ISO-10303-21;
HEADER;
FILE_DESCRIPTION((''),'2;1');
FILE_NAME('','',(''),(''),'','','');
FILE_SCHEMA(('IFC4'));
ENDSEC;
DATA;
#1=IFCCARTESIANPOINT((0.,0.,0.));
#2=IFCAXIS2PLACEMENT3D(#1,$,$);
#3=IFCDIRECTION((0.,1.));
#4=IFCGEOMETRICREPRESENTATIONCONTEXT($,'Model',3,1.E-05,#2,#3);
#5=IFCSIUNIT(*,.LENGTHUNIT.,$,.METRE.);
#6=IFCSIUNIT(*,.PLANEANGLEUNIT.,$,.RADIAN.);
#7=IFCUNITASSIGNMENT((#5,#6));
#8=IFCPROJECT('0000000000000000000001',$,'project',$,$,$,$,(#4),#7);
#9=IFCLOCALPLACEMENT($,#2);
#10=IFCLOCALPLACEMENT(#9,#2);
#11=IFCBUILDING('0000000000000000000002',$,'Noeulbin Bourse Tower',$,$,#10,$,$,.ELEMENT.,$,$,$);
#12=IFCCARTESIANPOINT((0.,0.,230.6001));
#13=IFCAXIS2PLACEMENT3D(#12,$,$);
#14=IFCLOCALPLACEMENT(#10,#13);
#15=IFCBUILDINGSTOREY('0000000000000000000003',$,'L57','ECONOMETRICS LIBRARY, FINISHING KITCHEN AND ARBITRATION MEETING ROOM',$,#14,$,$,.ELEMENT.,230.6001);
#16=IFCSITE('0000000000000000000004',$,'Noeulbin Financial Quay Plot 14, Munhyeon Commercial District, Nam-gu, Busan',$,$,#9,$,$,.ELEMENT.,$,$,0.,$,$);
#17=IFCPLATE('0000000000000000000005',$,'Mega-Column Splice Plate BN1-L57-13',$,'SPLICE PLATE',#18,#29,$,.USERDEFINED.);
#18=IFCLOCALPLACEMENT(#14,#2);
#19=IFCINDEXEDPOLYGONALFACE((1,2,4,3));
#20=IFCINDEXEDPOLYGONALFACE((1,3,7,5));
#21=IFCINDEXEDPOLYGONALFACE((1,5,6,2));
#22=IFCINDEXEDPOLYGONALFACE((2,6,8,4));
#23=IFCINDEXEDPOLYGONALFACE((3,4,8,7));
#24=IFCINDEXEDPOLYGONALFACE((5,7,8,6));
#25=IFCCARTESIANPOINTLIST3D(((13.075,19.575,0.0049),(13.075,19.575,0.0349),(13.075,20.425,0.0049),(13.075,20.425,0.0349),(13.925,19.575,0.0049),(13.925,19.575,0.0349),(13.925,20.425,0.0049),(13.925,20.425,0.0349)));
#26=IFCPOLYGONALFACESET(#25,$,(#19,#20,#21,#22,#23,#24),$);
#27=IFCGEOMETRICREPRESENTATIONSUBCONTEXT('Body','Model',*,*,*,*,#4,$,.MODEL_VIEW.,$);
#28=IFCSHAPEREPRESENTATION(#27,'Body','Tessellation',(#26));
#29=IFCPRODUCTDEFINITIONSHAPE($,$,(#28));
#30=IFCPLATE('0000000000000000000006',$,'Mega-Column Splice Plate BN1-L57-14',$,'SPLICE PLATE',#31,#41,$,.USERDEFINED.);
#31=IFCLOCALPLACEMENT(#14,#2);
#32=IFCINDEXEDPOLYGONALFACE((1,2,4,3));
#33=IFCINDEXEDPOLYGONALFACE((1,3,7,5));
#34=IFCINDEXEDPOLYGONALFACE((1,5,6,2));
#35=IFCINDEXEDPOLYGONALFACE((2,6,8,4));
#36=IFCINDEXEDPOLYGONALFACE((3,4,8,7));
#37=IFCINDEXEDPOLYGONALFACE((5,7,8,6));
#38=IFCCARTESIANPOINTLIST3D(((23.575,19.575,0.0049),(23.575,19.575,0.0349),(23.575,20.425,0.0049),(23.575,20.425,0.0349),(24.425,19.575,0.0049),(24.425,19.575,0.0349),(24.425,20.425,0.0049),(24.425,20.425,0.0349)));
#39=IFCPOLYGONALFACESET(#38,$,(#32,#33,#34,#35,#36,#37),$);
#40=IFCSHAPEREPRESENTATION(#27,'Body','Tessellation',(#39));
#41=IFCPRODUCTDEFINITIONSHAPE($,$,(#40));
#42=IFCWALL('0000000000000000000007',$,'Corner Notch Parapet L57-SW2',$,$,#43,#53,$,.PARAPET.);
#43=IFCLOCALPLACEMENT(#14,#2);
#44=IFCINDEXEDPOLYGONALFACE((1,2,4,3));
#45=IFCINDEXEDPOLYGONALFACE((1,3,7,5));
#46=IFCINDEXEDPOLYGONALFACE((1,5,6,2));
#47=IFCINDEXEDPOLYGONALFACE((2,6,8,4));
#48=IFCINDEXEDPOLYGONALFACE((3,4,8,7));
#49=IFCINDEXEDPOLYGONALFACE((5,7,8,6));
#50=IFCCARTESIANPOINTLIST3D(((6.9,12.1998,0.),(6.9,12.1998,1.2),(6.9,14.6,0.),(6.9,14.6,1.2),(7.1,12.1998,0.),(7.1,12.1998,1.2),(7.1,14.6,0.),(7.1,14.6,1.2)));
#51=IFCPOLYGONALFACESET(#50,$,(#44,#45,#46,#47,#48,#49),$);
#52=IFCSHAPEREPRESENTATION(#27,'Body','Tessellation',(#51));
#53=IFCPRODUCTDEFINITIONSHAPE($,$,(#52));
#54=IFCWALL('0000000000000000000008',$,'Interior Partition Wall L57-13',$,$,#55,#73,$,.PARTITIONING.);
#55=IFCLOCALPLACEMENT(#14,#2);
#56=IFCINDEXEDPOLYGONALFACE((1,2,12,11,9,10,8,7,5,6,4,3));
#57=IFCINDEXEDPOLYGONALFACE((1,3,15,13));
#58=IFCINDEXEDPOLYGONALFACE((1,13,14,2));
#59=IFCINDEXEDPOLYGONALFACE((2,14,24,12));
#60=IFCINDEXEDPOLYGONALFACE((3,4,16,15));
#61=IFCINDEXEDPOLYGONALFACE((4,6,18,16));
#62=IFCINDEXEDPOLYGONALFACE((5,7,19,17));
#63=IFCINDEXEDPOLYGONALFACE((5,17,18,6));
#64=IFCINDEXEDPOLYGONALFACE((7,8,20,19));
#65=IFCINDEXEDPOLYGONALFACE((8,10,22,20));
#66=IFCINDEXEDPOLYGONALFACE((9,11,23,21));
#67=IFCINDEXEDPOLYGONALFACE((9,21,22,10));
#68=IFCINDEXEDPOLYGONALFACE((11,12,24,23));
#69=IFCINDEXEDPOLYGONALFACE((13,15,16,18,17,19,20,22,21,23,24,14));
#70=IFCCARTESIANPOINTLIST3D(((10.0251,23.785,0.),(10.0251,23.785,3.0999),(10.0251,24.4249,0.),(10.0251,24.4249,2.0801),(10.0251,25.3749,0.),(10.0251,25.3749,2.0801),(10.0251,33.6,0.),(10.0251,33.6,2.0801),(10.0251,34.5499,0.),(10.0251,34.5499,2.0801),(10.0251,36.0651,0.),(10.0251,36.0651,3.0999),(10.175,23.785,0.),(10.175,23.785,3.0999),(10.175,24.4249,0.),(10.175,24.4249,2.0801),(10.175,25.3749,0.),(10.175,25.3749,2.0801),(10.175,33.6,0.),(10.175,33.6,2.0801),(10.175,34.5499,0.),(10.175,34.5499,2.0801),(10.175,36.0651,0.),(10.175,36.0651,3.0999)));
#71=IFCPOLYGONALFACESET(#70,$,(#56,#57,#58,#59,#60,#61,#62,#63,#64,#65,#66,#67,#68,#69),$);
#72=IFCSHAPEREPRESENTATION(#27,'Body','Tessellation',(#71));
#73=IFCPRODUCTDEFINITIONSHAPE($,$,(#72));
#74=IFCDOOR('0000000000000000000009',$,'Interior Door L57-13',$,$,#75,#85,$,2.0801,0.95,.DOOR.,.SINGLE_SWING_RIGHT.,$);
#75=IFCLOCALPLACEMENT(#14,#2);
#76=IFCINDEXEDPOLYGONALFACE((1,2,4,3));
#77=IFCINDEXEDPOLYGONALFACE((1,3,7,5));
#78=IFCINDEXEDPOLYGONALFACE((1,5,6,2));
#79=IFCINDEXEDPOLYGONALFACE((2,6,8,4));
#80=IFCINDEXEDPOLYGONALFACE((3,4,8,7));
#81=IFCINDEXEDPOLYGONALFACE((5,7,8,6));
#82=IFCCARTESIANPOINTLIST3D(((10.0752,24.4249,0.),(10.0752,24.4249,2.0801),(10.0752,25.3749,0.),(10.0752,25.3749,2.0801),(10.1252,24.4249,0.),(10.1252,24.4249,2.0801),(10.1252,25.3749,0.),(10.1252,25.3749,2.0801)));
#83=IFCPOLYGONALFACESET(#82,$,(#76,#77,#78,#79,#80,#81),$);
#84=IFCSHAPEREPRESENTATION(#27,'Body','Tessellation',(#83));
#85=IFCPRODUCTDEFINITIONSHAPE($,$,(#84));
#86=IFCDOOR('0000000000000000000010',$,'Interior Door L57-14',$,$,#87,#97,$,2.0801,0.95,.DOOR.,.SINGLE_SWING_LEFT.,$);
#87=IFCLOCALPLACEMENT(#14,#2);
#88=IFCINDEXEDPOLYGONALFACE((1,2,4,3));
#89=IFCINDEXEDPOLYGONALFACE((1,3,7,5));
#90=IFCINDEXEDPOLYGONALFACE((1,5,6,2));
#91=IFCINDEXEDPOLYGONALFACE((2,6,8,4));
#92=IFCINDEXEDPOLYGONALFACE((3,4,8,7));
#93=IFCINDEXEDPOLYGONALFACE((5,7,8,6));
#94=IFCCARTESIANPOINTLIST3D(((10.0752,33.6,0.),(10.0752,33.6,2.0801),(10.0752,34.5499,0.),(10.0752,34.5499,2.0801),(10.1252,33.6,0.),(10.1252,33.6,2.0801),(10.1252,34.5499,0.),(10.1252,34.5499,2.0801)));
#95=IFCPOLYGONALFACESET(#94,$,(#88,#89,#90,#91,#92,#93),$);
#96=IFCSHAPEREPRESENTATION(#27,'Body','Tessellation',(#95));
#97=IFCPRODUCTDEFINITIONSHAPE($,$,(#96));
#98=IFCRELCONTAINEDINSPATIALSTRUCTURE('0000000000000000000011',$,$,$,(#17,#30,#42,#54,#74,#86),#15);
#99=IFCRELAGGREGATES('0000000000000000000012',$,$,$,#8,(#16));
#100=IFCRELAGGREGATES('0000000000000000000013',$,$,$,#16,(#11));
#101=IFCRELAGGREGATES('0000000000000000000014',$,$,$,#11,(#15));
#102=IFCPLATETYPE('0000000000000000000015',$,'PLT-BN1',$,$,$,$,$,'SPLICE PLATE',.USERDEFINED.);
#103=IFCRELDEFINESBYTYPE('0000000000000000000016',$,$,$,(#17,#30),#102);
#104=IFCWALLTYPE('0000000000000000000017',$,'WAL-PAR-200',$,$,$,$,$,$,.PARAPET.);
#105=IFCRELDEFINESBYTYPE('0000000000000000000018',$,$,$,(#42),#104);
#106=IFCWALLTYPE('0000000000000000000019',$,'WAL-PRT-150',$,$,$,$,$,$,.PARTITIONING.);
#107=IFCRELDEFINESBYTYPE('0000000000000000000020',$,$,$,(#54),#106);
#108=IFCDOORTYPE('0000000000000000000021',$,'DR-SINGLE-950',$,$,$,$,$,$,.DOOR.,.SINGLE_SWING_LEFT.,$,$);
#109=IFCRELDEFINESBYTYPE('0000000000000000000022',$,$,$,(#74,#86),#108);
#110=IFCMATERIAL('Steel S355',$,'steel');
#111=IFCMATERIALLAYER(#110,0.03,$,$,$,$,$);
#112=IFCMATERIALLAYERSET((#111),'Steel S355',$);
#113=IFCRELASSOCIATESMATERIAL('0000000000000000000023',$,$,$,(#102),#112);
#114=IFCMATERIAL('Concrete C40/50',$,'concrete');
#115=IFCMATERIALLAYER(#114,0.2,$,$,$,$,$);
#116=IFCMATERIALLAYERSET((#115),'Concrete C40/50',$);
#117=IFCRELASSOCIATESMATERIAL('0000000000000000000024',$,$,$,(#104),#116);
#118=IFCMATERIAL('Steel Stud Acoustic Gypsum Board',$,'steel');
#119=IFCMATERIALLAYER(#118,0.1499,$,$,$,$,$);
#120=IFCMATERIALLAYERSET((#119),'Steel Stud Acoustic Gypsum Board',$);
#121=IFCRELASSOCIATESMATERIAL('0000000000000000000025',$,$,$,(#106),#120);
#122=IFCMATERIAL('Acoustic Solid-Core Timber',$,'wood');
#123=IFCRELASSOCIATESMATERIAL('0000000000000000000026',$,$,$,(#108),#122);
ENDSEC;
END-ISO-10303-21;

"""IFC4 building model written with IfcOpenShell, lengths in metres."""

from ifc_helpers import new_model, si_unit, direction, frame, frame_2d, origin, origin_2d, place, context, subcontext, project, spatial, rectangle, extrude, material, layer, layer_set, type_object, element, fill, save


model = new_model("IFC4")

# Units and contexts
model_context = context("Model", 3, precision=1e-05, world=origin(), true_north=direction((0.0, 1.0)))
body_context = subcontext(model_context, "Body", "Model", "MODEL_VIEW")
ifc_project = project(units=[si_unit("LENGTHUNIT", "METRE"), si_unit("PLANEANGLEUNIT", "RADIAN")], contexts=[model_context])

# Site, building, storey
site_placement = place(None, origin())
site = spatial("IfcSite", under=ifc_project, at=site_placement, Name="Noeulbin Financial Quay Plot 14, Munhyeon Commercial District, Nam-gu, Busan", CompositionType="ELEMENT", RefElevation=0.0)
building_placement = place(site_placement, origin())
building = spatial("IfcBuilding", under=site, at=building_placement, Name="Noeulbin Bourse Tower", CompositionType="ELEMENT")
storey_placement = place(building_placement, frame((0.0, 0.0, 230.6001)))
storey = spatial("IfcBuildingStorey", under=building, at=storey_placement, Name="L57", Description="ECONOMETRICS LIBRARY, FINISHING KITCHEN AND ARBITRATION MEETING ROOM", CompositionType="ELEMENT", Elevation=230.6001)

# Shared definitions
ifc_material_1 = material(Name="Steel S355", Category="steel")

# Plates
ifc_layer_1 = layer(ifc_material_1, 0.03)
ifc_layer_set_1 = layer_set([ifc_layer_1], Name="Steel S355")
plate_type = type_object("IfcPlateType", Name="PLT-BN1", ElementType="SPLICE PLATE", PredefinedType="USERDEFINED", material=ifc_layer_set_1)
for number, where, z_axis, x_axis, name in (
    (1, (13.5, 20.0, 0.0049), (0.0, 0.0, 1.0), (1.0, 0.0, 0.0), "Mega-Column Splice Plate BN1-L57-13"),
    (2, (24.0, 20.0, 0.0049), (0.0, 0.0, 1.0), (1.0, 0.0, 0.0), "Mega-Column Splice Plate BN1-L57-14"),
):
    element("IfcPlate", number, at=place(storey_placement, frame(where, z_axis=z_axis, x_axis=x_axis)), inside=storey, type_object=plate_type, Name=name, ObjectType="SPLICE PLATE", PredefinedType="USERDEFINED", context=body_context, shape_type="SweptSolid", body=[
        extrude(rectangle(XDim=0.8501, YDim=0.8501, at=origin_2d()), origin(), (0.0, 0.0, 1.0), 0.03),
    ])

# Wall
ifc_material_2 = material(Name="Concrete C40/50", Category="concrete")
ifc_layer_2 = layer(ifc_material_2, 0.2)
ifc_layer_set_2 = layer_set([ifc_layer_2], Name="Concrete C40/50")
wall_type_1 = type_object("IfcWallType", Name="WAL-PAR-200", PredefinedType="PARAPET", material=ifc_layer_set_2)
wall_1_placement = place(storey_placement, frame((7.0, 14.6001, 0.0), z_axis=(0.0, 0.0, 1.0), x_axis=(0.0, -1.0, 0.0)))
element("IfcWall", 3, at=wall_1_placement, inside=storey, type_object=wall_type_1, Name="Corner Notch Parapet L57-SW2", PredefinedType="PARAPET", context=body_context, shape_type="SweptSolid", body=[
    extrude(rectangle(XDim=2.4001, YDim=0.2, at=frame_2d((1.2002, 0.0))), origin(), (0.0, 0.0, 1.0), 1.2),
])

# Wall, openings, doors
ifc_material_3 = material(Name="Steel Stud Acoustic Gypsum Board", Category="steel")
ifc_layer_3 = layer(ifc_material_3, 0.1499)
ifc_layer_set_3 = layer_set([ifc_layer_3], Name="Steel Stud Acoustic Gypsum Board")
wall_type_2 = type_object("IfcWallType", Name="WAL-PRT-150", PredefinedType="PARTITIONING", material=ifc_layer_set_3)
wall_2_placement = place(storey_placement, frame((10.1001, 23.7849, 0.0), z_axis=(0.0, 0.0, 1.0), x_axis=(0.0, 1.0, 0.0)))
wall_2 = element("IfcWall", 4, at=wall_2_placement, inside=storey, type_object=wall_type_2, Name="Interior Partition Wall L57-13", PredefinedType="PARTITIONING", context=body_context, shape_type="SweptSolid", body=[
    extrude(rectangle(XDim=12.28, YDim=0.1499, at=frame_2d((6.1401, 0.0))), origin(), (0.0, 0.0, 1.0), 3.0999),
])
opening_1_placement = place(wall_2_placement, frame((0.6399, 0.0, 0.0)))
opening_1 = element("IfcOpeningElement", 5, at=opening_1_placement, cuts=wall_2, PredefinedType="OPENING", context=body_context, shape_type="SweptSolid", body=[
    extrude(rectangle(XDim=0.95, YDim=2.0801, at=frame_2d((0.4751, 1.04))), frame((0.0, 0.085, 0.0), z_axis=(0.0, -1.0, 0.0), x_axis=(1.0, 0.0, 0.0)), (0.0, 0.0, 1.0), 0.1699),
])
opening_2_placement = place(wall_2_placement, frame((9.8149, 0.0, 0.0)))
opening_2 = element("IfcOpeningElement", 6, at=opening_2_placement, cuts=wall_2, PredefinedType="OPENING", context=body_context, shape_type="SweptSolid", body=[
    extrude(rectangle(XDim=0.95, YDim=2.0801, at=frame_2d((0.4751, 1.04))), frame((0.0, 0.085, 0.0), z_axis=(0.0, -1.0, 0.0), x_axis=(1.0, 0.0, 0.0)), (0.0, 0.0, 1.0), 0.1699),
])
ifc_material_4 = material(Name="Acoustic Solid-Core Timber", Category="wood")
door_type = type_object("IfcDoorType", Name="DR-SINGLE-950", OperationType="SINGLE_SWING_LEFT", PredefinedType="DOOR", material=ifc_material_4)
door_1_placement = place(opening_1_placement, origin())
door_1 = element("IfcDoor", 7, at=door_1_placement, inside=storey, type_object=door_type, Name="Interior Door L57-13", OperationType="SINGLE_SWING_RIGHT", OverallHeight=2.0801, OverallWidth=0.95, PredefinedType="DOOR", context=body_context, shape_type="SweptSolid", body=[
    extrude(rectangle(XDim=0.95, YDim=2.0801, at=frame_2d((0.4751, 1.04))), frame((0.0, 0.0249, 0.0), z_axis=(0.0, -1.0, 0.0), x_axis=(1.0, 0.0, 0.0)), (0.0, 0.0, 1.0), 0.05),
])
fill(opening_1, door_1)
door_2_placement = place(opening_2_placement, origin())
door_2 = element("IfcDoor", 8, at=door_2_placement, inside=storey, type_object=door_type, Name="Interior Door L57-14", OperationType="SINGLE_SWING_LEFT", OverallHeight=2.0801, OverallWidth=0.95, PredefinedType="DOOR", context=body_context, shape_type="SweptSolid", body=[
    extrude(rectangle(XDim=0.95, YDim=2.0801, at=frame_2d((0.4751, 1.04))), frame((0.0, 0.0249, 0.0), z_axis=(0.0, -1.0, 0.0), x_axis=(1.0, 0.0, 0.0)), (0.0, 0.0, 1.0), 0.05),
])
fill(opening_2, door_2)

save(model, "model.ifc")
